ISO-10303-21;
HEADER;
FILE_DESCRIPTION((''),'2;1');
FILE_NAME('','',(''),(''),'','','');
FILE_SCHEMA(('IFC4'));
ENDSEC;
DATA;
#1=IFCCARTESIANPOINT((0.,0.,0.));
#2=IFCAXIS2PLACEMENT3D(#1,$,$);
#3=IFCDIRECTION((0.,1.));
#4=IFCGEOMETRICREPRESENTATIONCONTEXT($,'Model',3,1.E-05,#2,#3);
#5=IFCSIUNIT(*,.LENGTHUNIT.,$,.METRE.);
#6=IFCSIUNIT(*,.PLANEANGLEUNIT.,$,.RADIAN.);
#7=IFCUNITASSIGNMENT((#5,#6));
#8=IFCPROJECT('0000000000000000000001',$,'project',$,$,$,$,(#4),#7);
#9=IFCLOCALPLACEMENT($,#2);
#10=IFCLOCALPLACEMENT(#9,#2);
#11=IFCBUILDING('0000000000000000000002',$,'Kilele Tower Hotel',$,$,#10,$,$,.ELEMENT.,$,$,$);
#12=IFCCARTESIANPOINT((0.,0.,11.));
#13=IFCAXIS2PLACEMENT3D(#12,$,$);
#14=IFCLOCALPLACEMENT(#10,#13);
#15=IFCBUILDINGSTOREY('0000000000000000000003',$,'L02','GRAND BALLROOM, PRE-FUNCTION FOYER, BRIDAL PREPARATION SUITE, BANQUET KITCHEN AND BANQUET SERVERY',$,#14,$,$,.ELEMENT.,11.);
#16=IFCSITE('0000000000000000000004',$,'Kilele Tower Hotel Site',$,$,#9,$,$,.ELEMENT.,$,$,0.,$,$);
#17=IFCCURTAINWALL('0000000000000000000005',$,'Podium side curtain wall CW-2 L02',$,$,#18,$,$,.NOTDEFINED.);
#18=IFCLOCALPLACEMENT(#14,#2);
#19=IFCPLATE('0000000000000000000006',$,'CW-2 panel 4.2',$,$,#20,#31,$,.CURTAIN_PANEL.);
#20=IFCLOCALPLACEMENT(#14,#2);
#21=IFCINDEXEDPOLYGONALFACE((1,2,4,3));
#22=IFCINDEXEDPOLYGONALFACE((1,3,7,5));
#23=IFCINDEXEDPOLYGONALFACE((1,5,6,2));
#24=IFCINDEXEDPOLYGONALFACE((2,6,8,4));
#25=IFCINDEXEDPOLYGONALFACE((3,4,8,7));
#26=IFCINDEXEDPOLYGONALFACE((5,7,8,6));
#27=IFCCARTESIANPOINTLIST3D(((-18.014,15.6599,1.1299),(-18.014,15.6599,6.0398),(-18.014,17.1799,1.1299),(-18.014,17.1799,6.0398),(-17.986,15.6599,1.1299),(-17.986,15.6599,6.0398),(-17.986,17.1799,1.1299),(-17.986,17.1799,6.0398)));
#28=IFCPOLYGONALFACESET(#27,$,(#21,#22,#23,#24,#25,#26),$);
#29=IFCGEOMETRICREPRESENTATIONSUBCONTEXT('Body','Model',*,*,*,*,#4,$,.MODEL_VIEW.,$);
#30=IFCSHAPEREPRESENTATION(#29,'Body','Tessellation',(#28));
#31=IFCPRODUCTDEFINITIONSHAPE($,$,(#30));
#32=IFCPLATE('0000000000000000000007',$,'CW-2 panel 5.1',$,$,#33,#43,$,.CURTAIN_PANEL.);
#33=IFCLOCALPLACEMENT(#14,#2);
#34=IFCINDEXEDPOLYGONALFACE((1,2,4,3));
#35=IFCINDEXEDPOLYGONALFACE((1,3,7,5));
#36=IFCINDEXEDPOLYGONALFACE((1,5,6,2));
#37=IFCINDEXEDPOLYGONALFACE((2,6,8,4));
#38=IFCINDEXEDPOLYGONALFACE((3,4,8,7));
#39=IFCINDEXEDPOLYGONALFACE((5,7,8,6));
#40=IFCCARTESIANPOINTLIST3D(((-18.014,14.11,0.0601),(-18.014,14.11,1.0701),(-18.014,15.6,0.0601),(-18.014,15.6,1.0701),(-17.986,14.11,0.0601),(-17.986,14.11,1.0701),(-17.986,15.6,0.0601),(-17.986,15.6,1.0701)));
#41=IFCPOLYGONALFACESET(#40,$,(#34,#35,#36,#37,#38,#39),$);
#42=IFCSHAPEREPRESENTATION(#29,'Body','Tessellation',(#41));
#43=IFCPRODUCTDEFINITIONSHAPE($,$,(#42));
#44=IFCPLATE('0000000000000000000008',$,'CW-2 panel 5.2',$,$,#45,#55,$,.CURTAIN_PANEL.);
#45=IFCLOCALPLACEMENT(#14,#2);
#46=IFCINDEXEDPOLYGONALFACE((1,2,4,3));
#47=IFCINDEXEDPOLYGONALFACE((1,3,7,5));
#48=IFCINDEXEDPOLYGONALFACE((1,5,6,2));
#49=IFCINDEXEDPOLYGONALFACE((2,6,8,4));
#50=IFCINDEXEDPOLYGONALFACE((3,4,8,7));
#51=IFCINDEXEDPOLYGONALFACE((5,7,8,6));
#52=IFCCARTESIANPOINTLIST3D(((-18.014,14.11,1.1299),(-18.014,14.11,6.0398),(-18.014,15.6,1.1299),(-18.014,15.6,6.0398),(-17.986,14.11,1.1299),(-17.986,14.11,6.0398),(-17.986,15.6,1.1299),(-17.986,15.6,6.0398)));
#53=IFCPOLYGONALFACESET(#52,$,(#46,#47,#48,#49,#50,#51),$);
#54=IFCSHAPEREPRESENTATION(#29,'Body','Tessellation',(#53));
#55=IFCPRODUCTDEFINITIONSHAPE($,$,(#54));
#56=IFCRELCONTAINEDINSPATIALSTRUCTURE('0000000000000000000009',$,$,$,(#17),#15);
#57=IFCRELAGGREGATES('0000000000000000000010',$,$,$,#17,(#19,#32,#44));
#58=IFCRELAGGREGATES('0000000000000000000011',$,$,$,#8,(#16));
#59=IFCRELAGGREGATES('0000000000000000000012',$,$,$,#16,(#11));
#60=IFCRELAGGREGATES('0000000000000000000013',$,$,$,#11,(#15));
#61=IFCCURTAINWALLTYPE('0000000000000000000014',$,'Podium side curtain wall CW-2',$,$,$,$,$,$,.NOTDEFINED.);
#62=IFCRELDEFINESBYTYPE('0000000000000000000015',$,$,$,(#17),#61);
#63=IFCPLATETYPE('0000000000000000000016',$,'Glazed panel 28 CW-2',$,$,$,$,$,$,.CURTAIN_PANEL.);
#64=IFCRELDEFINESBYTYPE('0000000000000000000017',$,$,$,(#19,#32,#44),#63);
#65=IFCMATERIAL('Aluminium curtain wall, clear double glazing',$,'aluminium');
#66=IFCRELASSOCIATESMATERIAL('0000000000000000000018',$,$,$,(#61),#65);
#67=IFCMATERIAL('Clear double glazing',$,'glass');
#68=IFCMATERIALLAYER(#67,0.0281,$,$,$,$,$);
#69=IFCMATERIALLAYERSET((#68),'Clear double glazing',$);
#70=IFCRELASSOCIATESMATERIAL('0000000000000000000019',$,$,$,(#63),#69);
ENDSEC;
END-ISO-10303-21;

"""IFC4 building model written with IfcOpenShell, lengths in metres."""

from ifc_helpers import new_model, si_unit, direction, frame, origin, origin_2d, place, context, subcontext, project, spatial, rectangle, extrude, material, layer, layer_set, type_object, element, aggregate, save


model = new_model("IFC4")

# Units and contexts
model_context = context("Model", 3, precision=1e-05, world=origin(), true_north=direction((0.0, 1.0)))
body_context = subcontext(model_context, "Body", "Model", "MODEL_VIEW")
ifc_project = project(units=[si_unit("LENGTHUNIT", "METRE"), si_unit("PLANEANGLEUNIT", "RADIAN")], contexts=[model_context])

# Site, building, storey
site_placement = place(None, origin())
site = spatial("IfcSite", under=ifc_project, at=site_placement, Name="Kilele Tower Hotel Site", CompositionType="ELEMENT", RefElevation=0.0)
building_placement = place(site_placement, origin())
building = spatial("IfcBuilding", under=site, at=building_placement, Name="Kilele Tower Hotel", CompositionType="ELEMENT")
storey_placement = place(building_placement, frame((0.0, 0.0, 11.0)))
storey = spatial("IfcBuildingStorey", under=building, at=storey_placement, Name="L02", Description="GRAND BALLROOM, PRE-FUNCTION FOYER, BRIDAL PREPARATION SUITE, BANQUET KITCHEN AND BANQUET SERVERY", CompositionType="ELEMENT", Elevation=11.0)

# Curtain wall
ifc_material_1 = material(Name="Aluminium curtain wall, clear double glazing", Category="aluminium")
curtain_wall_type = type_object("IfcCurtainWallType", Name="Podium side curtain wall CW-2", PredefinedType="NOTDEFINED", material=ifc_material_1)
curtain_wall_1_placement = place(storey_placement, origin())
curtain_wall_1 = element("IfcCurtainWall", 1, at=curtain_wall_1_placement, inside=storey, type_object=curtain_wall_type, Name="Podium side curtain wall CW-2 L02", PredefinedType="NOTDEFINED")

# Plates
ifc_material_2 = material(Name="Clear double glazing", Category="glass")
ifc_layer = layer(ifc_material_2, 0.0281)
ifc_layer_set = layer_set([ifc_layer], Name="Clear double glazing")
plate_type = type_object("IfcPlateType", Name="Glazed panel 28 CW-2", PredefinedType="CURTAIN_PANEL", material=ifc_layer_set)
plate_1_placement = place(storey_placement, frame((-18.0, 16.4199, 1.1299), z_axis=(0.0, 0.0, 1.0), x_axis=(0.0, -1.0, 0.0)))
plate_1 = element("IfcPlate", 2, at=plate_1_placement, type_object=plate_type, Name="CW-2 panel 4.2", PredefinedType="CURTAIN_PANEL", context=body_context, shape_type="SweptSolid", body=[
    extrude(rectangle(XDim=1.52, YDim=0.0281, at=origin_2d()), origin(), (0.0, 0.0, 1.0), 4.9099),
])
plate_2_placement = place(storey_placement, frame((-18.0, 14.855, 0.0601), z_axis=(0.0, 0.0, 1.0), x_axis=(0.0, -1.0, 0.0)))
plate_2 = element("IfcPlate", 3, at=plate_2_placement, type_object=plate_type, Name="CW-2 panel 5.1", PredefinedType="CURTAIN_PANEL", context=body_context, shape_type="SweptSolid", body=[
    extrude(rectangle(XDim=1.49, YDim=0.0281, at=origin_2d()), origin(), (0.0, 0.0, 1.0), 1.01),
])
plate_3_placement = place(storey_placement, frame((-18.0, 14.855, 1.1299), z_axis=(0.0, 0.0, 1.0), x_axis=(0.0, -1.0, 0.0)))
plate_3 = element("IfcPlate", 4, at=plate_3_placement, type_object=plate_type, Name="CW-2 panel 5.2", PredefinedType="CURTAIN_PANEL", context=body_context, shape_type="SweptSolid", body=[
    extrude(rectangle(XDim=1.49, YDim=0.0281, at=origin_2d()), origin(), (0.0, 0.0, 1.0), 4.9099),
])
aggregate(curtain_wall_1, [plate_1, plate_2, plate_3])

save(model, "model.ifc")
